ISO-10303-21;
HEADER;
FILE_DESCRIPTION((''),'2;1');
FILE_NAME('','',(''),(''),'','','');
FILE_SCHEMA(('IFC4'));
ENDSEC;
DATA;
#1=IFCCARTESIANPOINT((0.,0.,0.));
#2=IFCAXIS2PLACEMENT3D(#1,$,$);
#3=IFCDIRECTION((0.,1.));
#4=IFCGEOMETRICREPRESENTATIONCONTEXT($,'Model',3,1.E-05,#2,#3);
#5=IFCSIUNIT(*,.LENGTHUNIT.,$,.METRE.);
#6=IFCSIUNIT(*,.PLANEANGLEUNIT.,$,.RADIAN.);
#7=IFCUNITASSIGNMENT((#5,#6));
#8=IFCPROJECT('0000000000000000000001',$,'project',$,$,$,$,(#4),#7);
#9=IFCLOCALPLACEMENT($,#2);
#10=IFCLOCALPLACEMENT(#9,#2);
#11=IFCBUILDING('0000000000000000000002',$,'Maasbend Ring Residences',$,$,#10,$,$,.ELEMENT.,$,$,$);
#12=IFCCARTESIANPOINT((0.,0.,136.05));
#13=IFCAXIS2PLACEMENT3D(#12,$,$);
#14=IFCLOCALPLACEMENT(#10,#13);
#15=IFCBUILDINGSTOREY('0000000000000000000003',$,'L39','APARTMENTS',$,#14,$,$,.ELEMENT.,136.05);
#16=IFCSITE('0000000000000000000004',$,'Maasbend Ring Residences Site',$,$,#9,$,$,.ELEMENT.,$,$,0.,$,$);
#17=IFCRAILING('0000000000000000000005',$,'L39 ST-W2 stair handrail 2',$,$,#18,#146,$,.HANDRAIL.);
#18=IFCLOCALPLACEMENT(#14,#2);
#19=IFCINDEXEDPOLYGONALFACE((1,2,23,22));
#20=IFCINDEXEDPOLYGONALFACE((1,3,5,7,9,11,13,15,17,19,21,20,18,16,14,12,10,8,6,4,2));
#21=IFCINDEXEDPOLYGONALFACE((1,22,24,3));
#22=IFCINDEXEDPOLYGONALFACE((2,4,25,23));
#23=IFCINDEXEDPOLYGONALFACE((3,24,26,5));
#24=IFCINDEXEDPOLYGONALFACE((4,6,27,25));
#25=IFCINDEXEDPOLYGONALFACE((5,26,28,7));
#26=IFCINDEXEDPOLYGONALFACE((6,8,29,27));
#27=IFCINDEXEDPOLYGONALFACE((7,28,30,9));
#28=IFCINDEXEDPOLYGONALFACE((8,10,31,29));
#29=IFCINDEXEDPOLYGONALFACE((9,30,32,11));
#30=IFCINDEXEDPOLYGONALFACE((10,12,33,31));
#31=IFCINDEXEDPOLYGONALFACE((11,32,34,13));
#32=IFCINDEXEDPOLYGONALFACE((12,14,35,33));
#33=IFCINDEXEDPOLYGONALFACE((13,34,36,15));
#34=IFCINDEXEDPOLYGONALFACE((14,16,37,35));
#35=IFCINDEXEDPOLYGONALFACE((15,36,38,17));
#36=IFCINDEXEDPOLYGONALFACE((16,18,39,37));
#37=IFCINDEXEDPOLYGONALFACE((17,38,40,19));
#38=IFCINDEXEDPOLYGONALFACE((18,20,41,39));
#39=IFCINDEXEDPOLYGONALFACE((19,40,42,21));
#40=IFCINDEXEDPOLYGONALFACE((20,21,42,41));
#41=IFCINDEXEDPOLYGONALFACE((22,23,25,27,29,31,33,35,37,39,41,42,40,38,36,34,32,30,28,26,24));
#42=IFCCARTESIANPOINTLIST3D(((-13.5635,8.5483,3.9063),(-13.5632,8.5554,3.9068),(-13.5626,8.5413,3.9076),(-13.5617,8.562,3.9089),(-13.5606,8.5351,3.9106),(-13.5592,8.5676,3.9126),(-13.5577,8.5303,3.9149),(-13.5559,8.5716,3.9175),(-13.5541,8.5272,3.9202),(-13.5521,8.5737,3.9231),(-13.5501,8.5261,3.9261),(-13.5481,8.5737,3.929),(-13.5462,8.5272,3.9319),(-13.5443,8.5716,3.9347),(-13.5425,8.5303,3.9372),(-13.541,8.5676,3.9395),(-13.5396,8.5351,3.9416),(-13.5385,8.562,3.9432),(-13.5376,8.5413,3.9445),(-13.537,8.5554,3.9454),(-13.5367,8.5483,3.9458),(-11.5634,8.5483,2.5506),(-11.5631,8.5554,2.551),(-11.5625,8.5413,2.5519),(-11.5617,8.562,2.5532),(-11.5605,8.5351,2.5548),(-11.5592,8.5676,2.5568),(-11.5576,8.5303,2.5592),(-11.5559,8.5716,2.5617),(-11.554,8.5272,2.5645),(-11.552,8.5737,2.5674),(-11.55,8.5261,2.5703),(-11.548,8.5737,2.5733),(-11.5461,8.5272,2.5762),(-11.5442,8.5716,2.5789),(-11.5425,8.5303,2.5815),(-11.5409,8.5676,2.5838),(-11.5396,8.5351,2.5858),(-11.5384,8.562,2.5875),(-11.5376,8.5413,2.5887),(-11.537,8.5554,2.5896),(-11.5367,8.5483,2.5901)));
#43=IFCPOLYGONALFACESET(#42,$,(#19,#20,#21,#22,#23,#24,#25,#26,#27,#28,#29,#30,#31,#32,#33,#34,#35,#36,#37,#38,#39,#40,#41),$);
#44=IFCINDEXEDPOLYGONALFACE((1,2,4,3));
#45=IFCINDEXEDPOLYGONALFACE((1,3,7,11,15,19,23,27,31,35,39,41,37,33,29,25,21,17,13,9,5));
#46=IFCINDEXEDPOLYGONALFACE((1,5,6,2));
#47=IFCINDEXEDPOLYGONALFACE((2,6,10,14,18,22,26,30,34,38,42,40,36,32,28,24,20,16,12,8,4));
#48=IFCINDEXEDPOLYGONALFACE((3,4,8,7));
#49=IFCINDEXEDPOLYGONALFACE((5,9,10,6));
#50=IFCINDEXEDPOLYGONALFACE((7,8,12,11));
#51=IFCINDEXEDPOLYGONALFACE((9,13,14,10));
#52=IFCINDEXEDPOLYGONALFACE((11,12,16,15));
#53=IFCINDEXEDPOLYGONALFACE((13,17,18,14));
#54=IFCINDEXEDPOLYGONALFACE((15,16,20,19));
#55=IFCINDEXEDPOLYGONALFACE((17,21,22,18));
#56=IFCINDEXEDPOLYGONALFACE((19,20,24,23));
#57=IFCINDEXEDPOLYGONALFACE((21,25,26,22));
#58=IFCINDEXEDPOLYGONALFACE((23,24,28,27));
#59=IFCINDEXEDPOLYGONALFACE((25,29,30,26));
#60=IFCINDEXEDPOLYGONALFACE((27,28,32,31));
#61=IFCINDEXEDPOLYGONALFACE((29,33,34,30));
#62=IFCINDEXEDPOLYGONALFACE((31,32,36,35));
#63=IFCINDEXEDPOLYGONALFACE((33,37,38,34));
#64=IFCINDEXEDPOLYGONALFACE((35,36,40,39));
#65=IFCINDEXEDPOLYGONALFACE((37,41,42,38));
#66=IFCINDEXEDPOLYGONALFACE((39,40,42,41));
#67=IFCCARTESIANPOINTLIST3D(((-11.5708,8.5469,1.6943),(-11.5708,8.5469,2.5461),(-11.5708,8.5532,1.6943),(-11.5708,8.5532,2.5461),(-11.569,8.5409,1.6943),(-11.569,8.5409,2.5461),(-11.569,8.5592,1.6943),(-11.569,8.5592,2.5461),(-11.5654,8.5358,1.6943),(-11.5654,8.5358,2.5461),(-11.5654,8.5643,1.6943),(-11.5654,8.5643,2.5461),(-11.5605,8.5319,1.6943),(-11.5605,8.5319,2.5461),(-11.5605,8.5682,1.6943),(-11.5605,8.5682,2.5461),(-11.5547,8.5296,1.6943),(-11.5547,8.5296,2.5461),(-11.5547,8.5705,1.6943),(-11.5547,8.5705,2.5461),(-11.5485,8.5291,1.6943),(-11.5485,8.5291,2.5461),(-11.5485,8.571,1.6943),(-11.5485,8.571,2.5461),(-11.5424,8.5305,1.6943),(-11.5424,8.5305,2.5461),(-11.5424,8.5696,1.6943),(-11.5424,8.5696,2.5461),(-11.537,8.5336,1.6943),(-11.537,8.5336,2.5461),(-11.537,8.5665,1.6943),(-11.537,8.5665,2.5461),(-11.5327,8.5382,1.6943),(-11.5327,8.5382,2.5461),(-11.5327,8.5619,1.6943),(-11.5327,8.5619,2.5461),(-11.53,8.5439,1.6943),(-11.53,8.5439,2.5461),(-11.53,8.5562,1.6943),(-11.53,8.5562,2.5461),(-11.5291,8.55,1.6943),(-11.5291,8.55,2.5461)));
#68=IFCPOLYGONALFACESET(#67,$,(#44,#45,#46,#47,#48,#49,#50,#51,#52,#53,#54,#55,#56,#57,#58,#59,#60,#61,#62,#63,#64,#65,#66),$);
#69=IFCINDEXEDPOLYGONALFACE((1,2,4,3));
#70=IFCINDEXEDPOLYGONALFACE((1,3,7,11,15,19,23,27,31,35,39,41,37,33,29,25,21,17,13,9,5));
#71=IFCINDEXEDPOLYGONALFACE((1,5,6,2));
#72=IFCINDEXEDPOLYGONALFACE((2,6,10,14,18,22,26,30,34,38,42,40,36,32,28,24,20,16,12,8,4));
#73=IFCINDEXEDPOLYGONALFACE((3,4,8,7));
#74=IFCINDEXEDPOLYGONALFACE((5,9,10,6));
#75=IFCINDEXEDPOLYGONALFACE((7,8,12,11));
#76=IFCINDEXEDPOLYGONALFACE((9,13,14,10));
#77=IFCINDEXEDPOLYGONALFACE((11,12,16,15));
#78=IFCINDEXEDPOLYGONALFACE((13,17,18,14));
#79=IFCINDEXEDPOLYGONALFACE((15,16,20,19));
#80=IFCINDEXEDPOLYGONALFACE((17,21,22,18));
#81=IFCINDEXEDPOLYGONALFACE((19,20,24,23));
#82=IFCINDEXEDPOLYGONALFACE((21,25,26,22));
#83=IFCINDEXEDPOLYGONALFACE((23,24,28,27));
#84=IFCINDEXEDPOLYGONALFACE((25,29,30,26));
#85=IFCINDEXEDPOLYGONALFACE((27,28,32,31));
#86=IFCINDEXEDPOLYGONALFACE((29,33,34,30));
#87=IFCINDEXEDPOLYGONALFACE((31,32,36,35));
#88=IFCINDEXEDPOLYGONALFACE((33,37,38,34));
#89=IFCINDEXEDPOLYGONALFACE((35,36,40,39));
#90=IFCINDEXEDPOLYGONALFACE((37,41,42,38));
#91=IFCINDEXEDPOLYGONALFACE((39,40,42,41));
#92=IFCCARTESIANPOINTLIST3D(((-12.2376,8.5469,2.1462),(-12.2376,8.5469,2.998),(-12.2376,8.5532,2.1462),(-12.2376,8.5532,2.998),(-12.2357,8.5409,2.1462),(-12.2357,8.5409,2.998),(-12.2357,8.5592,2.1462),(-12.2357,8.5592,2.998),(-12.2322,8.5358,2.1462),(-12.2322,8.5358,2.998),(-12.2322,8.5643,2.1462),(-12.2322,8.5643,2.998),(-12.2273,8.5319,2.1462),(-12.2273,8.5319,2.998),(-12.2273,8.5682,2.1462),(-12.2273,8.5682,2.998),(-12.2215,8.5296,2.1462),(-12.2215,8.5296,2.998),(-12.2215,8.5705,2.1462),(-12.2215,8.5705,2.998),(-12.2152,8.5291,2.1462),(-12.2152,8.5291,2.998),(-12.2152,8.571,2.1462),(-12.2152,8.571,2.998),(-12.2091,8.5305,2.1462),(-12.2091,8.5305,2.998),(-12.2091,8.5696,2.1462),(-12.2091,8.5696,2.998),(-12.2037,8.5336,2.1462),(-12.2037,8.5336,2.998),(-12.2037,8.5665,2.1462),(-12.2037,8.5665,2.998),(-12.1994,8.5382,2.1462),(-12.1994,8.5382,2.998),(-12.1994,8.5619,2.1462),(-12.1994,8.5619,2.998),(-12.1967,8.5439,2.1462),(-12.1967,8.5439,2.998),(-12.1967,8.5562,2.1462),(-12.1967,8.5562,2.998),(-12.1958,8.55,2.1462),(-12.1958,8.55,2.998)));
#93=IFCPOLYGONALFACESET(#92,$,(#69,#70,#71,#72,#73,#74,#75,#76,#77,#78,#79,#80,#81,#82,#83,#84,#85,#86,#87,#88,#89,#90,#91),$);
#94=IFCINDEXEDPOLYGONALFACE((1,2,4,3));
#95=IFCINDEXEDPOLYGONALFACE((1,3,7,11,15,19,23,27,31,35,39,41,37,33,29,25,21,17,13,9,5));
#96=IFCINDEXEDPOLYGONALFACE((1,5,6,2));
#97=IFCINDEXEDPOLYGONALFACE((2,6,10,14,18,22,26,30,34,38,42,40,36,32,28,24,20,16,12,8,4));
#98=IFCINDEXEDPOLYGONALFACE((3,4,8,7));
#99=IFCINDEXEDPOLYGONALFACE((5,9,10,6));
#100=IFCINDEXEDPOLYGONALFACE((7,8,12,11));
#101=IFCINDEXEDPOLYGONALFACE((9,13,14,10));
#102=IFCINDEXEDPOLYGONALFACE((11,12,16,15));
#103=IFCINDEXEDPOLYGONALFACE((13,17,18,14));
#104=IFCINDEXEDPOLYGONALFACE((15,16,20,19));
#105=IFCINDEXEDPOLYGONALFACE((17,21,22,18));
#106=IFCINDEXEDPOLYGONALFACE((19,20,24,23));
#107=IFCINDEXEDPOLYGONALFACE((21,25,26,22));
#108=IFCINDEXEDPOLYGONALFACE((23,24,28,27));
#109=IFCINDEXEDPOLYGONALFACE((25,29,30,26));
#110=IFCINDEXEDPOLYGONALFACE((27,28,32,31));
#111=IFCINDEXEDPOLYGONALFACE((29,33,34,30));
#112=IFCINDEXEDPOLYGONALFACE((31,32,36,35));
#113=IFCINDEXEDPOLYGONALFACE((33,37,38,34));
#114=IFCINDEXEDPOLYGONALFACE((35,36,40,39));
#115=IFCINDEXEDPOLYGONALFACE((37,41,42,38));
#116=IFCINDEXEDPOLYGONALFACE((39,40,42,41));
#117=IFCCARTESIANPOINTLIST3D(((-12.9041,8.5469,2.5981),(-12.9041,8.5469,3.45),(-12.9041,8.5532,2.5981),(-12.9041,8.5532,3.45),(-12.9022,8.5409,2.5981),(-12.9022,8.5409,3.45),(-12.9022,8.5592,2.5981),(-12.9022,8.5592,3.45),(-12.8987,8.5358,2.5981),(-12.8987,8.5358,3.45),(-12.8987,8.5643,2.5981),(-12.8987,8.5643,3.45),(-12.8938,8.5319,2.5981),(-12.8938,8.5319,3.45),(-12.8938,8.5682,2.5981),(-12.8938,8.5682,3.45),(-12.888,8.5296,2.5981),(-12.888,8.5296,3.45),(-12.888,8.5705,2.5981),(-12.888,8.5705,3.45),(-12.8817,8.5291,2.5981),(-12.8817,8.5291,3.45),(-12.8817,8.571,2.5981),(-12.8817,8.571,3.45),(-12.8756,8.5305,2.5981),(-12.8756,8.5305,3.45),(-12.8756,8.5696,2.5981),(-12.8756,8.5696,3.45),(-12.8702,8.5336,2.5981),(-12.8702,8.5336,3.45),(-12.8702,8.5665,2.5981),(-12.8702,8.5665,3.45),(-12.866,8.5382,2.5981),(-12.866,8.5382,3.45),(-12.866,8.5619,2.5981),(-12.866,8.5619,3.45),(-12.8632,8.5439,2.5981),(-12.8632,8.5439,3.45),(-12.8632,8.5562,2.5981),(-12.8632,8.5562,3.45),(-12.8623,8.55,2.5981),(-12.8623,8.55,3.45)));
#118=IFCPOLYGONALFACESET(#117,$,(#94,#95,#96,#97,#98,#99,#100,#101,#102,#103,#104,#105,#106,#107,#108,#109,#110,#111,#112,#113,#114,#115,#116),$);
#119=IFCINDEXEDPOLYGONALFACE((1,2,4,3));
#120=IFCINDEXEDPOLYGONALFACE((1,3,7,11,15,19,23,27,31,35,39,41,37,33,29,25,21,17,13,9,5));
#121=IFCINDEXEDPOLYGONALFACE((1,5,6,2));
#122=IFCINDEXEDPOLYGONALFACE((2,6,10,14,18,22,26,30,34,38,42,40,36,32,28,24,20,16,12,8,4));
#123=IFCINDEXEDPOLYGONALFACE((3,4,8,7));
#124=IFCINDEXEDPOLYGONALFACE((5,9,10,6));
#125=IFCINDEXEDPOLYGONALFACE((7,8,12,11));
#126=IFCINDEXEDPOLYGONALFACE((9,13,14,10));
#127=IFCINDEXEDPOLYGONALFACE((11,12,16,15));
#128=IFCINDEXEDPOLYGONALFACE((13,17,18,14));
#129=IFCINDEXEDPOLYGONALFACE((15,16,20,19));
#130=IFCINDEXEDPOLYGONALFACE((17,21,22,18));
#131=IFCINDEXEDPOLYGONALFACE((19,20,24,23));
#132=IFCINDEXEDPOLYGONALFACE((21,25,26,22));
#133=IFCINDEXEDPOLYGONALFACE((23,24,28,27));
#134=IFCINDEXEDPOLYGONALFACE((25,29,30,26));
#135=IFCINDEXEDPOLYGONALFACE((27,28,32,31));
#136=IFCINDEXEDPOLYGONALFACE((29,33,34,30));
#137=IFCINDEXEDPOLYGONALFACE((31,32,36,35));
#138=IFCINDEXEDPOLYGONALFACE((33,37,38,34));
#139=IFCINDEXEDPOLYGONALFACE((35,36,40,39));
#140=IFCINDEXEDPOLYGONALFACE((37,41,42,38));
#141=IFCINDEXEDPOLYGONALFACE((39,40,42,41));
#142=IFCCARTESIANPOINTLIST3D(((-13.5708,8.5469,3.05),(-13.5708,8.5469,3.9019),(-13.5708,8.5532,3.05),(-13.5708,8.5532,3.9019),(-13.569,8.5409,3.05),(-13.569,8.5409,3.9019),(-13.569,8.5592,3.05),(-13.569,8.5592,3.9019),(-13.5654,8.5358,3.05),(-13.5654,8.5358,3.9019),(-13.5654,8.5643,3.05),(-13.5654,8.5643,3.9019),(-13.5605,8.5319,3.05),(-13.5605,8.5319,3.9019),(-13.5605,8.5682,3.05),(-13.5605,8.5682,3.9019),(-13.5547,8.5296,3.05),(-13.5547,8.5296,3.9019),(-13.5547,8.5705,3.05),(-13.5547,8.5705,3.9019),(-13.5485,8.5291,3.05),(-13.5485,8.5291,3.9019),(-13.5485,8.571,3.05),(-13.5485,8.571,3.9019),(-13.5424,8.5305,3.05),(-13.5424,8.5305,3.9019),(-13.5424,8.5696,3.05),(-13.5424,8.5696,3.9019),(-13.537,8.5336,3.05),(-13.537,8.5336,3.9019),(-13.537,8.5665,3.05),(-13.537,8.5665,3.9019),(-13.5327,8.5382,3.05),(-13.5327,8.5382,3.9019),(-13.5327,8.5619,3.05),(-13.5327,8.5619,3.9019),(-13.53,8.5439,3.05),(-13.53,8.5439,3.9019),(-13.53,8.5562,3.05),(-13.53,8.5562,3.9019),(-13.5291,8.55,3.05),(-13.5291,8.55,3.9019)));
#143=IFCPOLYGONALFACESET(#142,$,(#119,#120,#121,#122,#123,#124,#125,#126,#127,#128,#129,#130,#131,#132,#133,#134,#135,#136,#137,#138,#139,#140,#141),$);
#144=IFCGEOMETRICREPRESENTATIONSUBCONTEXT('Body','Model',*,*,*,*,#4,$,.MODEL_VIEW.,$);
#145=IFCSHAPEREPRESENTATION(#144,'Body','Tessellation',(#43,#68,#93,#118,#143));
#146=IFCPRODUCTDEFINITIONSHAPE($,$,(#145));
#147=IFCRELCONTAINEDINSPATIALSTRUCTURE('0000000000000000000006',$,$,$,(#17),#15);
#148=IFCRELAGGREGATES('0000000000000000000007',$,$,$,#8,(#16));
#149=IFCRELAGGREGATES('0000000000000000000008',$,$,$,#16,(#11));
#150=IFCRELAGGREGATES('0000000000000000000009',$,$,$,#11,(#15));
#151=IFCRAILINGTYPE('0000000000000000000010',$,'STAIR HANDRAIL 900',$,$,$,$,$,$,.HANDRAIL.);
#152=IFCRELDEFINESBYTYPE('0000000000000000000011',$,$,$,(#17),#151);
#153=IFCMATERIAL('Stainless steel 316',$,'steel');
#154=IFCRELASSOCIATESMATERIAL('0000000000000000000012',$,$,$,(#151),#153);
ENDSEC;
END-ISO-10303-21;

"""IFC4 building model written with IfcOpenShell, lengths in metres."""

from ifc_helpers import new_model, si_unit, direction, frame, origin, origin_2d, place, context, subcontext, project, spatial, circle, extrude, material, type_object, element, save


model = new_model("IFC4")

# Units and contexts
model_context = context("Model", 3, precision=1e-05, world=origin(), true_north=direction((0.0, 1.0)))
body_context = subcontext(model_context, "Body", "Model", "MODEL_VIEW")
ifc_project = project(units=[si_unit("LENGTHUNIT", "METRE"), si_unit("PLANEANGLEUNIT", "RADIAN")], contexts=[model_context])

# Site, building, storey
site_placement = place(None, origin())
site = spatial("IfcSite", under=ifc_project, at=site_placement, Name="Maasbend Ring Residences Site", CompositionType="ELEMENT", RefElevation=0.0)
building_placement = place(site_placement, origin())
building = spatial("IfcBuilding", under=site, at=building_placement, Name="Maasbend Ring Residences", CompositionType="ELEMENT")
storey_placement = place(building_placement, frame((0.0, 0.0, 136.05)))
storey = spatial("IfcBuildingStorey", under=building, at=storey_placement, Name="L39", Description="APARTMENTS", CompositionType="ELEMENT", Elevation=136.05)

# Railing
ifc_material_1 = material(Name="Stainless steel 316", Category="steel")
railing_type_1 = type_object("IfcRailingType", Name="STAIR HANDRAIL 900", PredefinedType="HANDRAIL", material=ifc_material_1)
railing_1_placement = place(storey_placement, frame((-11.55, 8.55, 1.6943)))
element("IfcRailing", 1, at=railing_1_placement, inside=storey, type_object=railing_type_1, Name="L39 ST-W2 stair handrail 2", PredefinedType="HANDRAIL", context=body_context, shape_type="SweptSolid", body=[
    extrude(circle(Radius=0.0239, at=origin_2d()), frame((0.0, 0.0, 0.876), z_axis=(-0.827751, 0.0, 0.561096), x_axis=(0.0, -1.0, 0.0)), (0.0, 0.0, 1.0), 2.4163),
    extrude(circle(Radius=0.021, at=origin_2d()), origin(), (0.0, 0.0, 1.0), 0.8518),
    extrude(circle(Radius=0.021, at=origin_2d()), frame((-0.6667, 0.0, 0.4519)), (0.0, 0.0, 1.0), 0.8518),
    extrude(circle(Radius=0.021, at=origin_2d()), frame((-1.3333, 0.0, 0.9038)), (0.0, 0.0, 1.0), 0.8518),
    extrude(circle(Radius=0.021, at=origin_2d()), frame((-2.0, 0.0, 1.3557)), (0.0, 0.0, 1.0), 0.8518),
])

save(model, "model.ifc")
